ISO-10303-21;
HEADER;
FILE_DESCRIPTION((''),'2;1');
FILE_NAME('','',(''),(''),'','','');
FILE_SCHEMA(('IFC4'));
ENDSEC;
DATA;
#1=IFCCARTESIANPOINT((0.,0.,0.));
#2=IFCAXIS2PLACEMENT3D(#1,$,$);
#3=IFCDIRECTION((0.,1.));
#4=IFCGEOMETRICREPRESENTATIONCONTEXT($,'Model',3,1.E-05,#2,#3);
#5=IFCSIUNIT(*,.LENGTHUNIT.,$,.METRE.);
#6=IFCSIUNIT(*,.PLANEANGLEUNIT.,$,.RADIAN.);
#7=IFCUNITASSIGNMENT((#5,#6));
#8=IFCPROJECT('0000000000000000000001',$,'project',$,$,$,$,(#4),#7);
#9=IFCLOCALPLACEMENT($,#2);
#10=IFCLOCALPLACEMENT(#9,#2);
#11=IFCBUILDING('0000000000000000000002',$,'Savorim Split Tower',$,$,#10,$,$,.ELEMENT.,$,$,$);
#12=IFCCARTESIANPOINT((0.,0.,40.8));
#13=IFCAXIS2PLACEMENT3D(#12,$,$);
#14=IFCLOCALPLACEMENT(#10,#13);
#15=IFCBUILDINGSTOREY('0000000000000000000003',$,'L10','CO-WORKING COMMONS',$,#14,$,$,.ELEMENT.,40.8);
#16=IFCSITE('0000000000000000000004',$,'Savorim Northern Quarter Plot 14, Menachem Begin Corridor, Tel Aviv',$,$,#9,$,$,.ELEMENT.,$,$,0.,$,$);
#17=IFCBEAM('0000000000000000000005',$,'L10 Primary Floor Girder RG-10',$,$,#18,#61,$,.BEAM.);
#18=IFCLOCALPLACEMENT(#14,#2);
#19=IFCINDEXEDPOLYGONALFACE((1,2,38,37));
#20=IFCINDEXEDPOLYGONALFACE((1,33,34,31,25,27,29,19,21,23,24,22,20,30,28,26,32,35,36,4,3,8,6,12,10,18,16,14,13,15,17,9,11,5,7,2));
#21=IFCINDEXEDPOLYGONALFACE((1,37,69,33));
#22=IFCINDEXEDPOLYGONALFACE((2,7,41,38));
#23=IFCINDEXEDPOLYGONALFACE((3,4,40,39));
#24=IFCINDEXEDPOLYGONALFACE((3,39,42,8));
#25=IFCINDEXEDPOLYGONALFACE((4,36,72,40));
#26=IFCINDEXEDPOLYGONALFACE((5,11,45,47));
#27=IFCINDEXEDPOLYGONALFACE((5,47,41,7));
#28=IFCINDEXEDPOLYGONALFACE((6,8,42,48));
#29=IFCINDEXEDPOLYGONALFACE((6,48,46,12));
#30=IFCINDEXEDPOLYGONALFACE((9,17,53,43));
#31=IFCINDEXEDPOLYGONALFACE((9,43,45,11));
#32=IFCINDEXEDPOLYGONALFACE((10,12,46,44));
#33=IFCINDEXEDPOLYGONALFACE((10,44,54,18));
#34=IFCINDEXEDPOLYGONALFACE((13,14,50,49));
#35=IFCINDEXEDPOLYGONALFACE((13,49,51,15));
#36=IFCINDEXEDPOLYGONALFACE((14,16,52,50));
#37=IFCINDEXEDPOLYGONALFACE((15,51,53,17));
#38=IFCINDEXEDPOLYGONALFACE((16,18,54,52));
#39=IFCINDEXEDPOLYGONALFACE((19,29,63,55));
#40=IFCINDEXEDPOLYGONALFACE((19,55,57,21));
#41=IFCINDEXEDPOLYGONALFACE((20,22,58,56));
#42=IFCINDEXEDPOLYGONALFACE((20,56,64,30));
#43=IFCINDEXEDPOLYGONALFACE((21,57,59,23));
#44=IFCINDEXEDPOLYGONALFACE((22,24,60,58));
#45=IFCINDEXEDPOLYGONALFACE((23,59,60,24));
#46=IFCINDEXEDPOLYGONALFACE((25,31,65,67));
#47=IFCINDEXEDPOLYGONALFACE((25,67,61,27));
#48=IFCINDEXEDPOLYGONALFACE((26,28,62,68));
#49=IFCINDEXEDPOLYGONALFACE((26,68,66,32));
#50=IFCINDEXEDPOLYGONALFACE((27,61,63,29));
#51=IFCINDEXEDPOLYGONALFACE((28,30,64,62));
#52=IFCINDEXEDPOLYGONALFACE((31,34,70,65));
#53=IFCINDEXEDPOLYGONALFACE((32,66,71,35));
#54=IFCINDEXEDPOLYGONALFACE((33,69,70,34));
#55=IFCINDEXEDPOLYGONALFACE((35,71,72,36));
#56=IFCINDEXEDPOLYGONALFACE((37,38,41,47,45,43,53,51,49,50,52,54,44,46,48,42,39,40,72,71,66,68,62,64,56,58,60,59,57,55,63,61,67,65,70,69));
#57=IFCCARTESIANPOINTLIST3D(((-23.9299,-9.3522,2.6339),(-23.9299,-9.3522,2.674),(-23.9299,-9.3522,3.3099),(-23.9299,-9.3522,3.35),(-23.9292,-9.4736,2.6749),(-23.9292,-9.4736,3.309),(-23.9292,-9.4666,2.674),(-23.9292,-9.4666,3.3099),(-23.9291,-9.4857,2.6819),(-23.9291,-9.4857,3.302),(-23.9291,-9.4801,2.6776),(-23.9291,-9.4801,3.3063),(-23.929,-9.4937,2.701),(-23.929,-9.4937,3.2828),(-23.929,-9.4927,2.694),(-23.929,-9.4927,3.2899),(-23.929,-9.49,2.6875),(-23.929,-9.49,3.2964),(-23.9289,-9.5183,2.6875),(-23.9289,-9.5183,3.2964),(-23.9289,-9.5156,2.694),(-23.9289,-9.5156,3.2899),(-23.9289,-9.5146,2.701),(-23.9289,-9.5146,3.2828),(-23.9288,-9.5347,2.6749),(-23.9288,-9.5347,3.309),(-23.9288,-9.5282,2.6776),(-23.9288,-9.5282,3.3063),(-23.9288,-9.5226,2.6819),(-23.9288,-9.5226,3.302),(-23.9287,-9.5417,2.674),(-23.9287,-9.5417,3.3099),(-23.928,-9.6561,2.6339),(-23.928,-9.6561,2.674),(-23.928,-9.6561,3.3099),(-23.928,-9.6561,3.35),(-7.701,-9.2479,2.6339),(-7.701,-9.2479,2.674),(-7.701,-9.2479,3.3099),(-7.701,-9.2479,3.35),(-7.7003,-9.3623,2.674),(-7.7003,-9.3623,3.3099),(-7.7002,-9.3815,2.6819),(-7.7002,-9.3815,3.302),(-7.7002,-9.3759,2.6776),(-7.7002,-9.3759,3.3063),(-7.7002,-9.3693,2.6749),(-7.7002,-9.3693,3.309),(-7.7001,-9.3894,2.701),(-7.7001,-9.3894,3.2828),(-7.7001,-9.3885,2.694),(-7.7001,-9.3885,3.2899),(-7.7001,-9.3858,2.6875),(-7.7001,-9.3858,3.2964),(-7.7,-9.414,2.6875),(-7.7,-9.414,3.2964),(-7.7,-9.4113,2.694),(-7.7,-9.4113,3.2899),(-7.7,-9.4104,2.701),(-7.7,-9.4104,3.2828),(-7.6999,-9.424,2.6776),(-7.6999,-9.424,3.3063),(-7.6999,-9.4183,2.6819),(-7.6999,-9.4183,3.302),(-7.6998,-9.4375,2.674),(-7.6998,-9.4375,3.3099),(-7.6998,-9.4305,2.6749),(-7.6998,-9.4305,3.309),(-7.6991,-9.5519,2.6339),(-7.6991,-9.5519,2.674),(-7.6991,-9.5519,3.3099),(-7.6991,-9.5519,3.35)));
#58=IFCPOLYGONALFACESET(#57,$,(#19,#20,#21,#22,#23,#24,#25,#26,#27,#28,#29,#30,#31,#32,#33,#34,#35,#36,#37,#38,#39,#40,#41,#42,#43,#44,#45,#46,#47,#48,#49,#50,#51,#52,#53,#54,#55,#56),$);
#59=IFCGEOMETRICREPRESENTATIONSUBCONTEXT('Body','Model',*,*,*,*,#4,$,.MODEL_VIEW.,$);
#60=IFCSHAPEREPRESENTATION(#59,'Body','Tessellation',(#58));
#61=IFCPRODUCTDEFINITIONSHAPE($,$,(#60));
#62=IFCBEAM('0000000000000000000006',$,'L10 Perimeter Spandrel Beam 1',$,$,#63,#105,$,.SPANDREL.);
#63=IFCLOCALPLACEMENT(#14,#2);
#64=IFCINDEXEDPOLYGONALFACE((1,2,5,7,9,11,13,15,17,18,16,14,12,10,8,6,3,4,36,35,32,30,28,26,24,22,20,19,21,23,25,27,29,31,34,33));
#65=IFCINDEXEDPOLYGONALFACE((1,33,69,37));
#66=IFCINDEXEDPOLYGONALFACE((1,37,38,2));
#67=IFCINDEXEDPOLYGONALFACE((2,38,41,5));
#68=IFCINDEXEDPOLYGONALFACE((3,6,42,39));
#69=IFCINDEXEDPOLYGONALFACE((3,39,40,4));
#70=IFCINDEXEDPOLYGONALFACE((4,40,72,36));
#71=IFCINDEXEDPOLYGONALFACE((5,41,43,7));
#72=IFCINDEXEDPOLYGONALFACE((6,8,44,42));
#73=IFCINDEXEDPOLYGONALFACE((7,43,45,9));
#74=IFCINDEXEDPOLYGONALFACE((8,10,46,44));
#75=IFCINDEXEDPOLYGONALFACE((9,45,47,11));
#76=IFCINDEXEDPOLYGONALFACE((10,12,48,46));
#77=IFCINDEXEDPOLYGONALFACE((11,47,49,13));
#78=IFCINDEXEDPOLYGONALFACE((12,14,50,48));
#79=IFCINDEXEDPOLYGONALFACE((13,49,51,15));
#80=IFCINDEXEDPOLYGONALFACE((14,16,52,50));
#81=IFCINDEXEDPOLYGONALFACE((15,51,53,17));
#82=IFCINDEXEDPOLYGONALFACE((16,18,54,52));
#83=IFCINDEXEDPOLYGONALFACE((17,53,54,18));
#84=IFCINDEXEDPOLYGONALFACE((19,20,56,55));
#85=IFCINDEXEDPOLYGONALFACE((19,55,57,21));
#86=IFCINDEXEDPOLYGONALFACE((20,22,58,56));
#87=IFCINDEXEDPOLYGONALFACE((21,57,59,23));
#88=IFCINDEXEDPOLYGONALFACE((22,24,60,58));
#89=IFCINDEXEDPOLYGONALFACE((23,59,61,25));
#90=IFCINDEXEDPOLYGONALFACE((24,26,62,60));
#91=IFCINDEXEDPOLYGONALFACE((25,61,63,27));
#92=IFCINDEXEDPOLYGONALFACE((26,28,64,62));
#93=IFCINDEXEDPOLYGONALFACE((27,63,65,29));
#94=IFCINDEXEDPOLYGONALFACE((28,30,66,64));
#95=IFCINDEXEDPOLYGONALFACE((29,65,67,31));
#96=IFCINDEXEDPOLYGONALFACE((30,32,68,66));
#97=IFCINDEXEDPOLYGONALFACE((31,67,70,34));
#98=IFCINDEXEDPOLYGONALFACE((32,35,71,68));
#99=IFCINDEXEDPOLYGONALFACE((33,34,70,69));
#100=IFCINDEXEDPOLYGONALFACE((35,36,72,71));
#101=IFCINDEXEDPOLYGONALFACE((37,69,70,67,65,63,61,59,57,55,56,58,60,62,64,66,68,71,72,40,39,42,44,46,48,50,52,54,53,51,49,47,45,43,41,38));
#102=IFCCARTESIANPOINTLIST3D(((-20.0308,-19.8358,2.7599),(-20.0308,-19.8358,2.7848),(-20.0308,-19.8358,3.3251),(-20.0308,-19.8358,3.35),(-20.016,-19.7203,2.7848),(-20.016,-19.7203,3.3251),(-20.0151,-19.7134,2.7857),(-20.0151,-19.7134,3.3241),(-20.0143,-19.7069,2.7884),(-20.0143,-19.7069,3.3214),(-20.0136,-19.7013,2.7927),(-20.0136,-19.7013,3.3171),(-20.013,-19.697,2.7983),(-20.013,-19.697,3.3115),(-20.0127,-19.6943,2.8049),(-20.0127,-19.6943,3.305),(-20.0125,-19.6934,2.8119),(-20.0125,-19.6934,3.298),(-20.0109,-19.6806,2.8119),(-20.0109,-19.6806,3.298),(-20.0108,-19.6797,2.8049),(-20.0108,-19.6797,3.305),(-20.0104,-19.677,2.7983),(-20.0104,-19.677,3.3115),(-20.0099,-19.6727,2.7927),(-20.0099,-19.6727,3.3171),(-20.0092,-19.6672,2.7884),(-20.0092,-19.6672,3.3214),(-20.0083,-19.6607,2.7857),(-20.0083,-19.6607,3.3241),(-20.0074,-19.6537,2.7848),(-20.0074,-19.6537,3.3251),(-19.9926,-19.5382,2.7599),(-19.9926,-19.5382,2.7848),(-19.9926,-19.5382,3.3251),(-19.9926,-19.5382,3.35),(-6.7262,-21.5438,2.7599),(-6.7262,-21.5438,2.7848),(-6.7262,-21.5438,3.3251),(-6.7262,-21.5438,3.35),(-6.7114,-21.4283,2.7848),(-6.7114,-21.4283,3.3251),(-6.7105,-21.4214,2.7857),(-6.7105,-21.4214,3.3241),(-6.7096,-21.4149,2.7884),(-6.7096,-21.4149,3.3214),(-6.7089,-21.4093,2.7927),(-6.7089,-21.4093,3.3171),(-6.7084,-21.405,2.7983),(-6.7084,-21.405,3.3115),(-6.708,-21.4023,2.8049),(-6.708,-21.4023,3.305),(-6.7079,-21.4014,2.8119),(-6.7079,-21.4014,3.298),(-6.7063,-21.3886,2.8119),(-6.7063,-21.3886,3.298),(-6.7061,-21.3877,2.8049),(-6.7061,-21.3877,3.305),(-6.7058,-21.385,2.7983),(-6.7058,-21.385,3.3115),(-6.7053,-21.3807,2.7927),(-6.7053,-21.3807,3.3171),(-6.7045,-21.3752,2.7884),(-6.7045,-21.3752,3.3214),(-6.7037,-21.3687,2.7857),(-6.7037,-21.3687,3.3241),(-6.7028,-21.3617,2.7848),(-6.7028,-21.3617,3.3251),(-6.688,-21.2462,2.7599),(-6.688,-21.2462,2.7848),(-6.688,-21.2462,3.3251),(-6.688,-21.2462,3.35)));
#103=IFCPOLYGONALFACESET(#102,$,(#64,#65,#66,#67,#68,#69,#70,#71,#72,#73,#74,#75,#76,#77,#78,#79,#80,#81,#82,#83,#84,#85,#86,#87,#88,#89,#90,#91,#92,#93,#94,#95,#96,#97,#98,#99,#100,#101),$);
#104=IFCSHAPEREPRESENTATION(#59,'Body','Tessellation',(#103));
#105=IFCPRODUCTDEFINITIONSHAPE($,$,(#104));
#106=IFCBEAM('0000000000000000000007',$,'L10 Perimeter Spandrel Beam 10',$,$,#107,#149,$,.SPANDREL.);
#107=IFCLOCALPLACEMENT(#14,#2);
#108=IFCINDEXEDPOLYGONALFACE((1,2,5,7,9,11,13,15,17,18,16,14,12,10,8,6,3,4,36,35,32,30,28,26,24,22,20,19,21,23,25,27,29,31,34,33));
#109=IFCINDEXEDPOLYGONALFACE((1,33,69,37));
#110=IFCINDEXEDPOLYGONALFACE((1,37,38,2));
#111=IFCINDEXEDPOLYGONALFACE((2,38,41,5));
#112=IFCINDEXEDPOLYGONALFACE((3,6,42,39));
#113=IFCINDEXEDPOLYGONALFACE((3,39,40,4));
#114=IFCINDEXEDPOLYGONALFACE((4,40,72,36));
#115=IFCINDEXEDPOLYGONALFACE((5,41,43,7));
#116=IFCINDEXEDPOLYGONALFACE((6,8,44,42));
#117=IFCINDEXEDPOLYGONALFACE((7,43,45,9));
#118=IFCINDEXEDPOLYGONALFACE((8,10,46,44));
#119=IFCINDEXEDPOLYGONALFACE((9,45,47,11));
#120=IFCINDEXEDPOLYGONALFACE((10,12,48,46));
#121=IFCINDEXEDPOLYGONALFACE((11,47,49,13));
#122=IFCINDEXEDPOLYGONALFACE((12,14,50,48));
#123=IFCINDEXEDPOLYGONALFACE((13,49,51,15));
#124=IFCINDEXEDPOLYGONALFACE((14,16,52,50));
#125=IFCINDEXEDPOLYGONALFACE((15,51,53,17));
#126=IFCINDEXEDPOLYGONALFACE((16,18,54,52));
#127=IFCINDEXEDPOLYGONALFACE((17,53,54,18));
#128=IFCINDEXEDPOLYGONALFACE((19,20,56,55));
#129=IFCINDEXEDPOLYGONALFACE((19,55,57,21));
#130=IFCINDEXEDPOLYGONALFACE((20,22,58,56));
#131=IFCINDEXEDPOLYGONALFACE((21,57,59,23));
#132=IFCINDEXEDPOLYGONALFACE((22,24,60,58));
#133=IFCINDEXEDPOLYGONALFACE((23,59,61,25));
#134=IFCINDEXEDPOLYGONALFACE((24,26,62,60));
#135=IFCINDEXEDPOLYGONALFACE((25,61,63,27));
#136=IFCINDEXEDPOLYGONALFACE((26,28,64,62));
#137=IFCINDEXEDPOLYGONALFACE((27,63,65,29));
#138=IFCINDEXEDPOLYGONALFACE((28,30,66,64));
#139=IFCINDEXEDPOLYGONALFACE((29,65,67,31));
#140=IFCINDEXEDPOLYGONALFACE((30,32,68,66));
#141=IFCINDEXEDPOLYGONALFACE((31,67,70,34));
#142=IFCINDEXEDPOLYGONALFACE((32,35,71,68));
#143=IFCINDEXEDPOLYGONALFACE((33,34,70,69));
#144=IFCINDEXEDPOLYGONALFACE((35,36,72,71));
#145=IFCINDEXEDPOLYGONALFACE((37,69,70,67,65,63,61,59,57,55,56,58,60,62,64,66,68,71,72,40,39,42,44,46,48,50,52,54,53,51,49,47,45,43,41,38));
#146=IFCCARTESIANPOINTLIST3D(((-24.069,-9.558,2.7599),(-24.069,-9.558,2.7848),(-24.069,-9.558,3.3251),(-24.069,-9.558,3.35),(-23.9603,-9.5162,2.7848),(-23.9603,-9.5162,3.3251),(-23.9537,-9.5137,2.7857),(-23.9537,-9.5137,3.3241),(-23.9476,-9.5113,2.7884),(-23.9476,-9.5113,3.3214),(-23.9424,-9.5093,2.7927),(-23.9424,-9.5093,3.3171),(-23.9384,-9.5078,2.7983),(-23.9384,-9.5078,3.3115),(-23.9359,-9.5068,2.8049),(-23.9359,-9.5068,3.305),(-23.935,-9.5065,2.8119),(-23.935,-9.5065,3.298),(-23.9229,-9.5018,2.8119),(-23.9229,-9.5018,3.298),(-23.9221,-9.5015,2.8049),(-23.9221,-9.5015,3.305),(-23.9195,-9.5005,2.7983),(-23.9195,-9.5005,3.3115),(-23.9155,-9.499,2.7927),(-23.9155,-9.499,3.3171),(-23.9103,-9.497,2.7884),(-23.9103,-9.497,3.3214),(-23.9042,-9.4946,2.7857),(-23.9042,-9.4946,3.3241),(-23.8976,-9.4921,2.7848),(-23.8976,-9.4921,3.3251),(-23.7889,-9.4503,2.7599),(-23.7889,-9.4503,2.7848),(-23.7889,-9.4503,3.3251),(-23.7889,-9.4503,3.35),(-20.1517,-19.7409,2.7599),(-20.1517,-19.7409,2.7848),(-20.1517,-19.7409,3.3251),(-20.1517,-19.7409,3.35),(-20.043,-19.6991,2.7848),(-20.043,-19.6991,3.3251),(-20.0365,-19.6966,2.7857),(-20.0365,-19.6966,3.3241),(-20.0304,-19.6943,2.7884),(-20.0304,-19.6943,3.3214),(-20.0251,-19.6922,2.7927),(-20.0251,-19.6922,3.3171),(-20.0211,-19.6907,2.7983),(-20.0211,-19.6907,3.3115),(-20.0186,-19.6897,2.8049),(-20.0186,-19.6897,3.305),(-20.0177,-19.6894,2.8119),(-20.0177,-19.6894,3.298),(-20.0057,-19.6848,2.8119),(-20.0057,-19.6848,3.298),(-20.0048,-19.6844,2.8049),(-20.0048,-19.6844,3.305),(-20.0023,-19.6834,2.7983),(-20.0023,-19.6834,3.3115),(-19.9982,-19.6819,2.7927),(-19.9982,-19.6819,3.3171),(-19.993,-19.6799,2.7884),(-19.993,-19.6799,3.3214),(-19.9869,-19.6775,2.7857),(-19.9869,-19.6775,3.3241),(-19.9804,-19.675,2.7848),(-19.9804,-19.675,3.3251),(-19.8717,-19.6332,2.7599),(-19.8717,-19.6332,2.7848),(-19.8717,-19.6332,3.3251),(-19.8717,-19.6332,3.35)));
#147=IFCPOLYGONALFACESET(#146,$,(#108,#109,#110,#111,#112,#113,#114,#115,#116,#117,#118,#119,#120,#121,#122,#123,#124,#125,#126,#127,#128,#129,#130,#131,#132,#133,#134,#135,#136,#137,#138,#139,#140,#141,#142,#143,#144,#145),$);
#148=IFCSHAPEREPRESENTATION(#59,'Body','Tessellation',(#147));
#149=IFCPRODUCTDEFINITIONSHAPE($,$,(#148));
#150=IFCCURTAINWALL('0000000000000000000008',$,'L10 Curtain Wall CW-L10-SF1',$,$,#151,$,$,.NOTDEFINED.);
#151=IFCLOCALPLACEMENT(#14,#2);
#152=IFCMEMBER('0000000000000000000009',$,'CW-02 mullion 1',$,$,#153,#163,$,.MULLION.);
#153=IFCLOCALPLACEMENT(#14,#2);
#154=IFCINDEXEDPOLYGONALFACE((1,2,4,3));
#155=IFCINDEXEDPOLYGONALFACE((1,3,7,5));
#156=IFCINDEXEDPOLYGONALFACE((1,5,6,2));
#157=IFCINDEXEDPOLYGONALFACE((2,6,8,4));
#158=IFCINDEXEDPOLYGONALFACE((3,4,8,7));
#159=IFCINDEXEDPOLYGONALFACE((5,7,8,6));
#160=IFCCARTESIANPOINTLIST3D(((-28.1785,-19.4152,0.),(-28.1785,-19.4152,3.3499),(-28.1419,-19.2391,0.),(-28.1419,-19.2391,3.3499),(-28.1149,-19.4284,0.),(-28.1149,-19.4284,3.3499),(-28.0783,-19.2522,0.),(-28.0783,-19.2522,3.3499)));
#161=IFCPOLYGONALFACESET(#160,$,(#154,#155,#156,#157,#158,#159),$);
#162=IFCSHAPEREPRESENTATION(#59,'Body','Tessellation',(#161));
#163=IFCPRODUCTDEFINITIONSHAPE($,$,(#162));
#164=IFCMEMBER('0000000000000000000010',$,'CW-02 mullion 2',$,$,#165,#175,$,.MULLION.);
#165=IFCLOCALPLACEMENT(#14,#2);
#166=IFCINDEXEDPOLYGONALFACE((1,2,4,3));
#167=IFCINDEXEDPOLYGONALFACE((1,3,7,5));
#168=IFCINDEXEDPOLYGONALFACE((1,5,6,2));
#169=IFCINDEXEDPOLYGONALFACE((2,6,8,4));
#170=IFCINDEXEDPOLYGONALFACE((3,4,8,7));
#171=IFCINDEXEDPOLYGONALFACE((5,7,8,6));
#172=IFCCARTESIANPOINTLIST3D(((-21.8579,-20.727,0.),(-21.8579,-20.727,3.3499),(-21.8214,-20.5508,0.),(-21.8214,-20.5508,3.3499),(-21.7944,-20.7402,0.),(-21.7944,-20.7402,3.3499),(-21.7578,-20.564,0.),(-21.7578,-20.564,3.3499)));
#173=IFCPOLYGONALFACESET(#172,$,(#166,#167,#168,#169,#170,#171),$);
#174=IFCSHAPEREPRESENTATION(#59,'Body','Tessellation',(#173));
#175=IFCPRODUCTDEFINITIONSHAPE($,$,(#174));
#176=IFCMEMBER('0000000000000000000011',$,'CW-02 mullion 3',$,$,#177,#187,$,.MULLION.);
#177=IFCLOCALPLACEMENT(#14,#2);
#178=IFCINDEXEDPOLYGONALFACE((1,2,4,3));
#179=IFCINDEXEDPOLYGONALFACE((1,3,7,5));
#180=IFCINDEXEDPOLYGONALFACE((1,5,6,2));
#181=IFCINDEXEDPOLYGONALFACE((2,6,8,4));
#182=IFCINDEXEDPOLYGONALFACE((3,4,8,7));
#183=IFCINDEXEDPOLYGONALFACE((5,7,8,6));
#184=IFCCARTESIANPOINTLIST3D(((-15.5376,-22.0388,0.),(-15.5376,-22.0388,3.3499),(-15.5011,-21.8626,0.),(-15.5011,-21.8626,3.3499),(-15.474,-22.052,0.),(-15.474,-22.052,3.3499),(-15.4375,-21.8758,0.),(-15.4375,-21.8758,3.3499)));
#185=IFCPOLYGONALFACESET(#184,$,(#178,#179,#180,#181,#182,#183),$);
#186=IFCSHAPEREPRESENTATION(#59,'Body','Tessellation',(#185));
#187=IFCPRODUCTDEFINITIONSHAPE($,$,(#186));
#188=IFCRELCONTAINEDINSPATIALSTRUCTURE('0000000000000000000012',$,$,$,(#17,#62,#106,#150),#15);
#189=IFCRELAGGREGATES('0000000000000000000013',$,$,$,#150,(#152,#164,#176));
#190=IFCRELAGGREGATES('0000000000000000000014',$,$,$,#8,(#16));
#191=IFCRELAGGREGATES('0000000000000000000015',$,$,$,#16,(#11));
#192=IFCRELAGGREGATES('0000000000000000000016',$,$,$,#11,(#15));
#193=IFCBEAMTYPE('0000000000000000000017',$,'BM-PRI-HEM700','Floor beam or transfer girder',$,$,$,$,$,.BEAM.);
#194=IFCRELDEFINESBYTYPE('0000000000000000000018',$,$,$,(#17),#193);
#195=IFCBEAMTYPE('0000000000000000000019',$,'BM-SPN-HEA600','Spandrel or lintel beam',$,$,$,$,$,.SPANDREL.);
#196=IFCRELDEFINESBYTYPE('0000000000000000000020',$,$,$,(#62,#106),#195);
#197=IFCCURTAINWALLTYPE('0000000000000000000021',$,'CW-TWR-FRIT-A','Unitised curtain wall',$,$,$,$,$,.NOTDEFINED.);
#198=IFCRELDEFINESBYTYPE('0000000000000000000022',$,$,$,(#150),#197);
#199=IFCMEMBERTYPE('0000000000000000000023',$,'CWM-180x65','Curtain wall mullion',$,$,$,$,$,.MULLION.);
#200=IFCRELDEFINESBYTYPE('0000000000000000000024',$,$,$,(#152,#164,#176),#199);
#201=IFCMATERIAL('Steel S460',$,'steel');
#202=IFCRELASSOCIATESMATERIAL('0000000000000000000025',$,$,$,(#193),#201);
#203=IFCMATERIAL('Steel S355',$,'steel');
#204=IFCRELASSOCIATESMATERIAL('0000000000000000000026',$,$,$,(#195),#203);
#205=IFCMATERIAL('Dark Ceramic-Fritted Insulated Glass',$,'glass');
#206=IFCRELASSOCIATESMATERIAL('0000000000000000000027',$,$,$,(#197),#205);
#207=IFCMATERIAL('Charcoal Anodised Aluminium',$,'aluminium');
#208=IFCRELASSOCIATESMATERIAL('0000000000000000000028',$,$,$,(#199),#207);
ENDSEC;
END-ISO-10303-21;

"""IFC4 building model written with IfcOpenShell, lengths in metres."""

from ifc_helpers import new_model, si_unit, direction, frame, origin, origin_2d, place, context, subcontext, project, spatial, rectangle, i_section, extrude, material, material_profile, profile_set, type_object, element, aggregate, save


model = new_model("IFC4")

# Units and contexts
model_context = context("Model", 3, precision=1e-05, world=origin(), true_north=direction((0.0, 1.0)))
body_context = subcontext(model_context, "Body", "Model", "MODEL_VIEW")
ifc_project = project(units=[si_unit("LENGTHUNIT", "METRE"), si_unit("PLANEANGLEUNIT", "RADIAN")], contexts=[model_context])

# Site, building, storey
site_placement = place(None, origin())
site = spatial("IfcSite", under=ifc_project, at=site_placement, Name="Savorim Northern Quarter Plot 14, Menachem Begin Corridor, Tel Aviv", CompositionType="ELEMENT", RefElevation=0.0)
building_placement = place(site_placement, origin())
building = spatial("IfcBuilding", under=site, at=building_placement, Name="Savorim Split Tower", CompositionType="ELEMENT")
storey_placement = place(building_placement, frame((0.0, 0.0, 40.8)))
storey = spatial("IfcBuildingStorey", under=building, at=storey_placement, Name="L10", Description="CO-WORKING COMMONS", CompositionType="ELEMENT", Elevation=40.8)

# Shared definitions
ifc_material_1 = material(Name="Steel S460", Category="steel")

# Beams
ifc_material_2 = material(Name="Steel S355", Category="steel")
ifc_material_profile_1 = material_profile(ifc_material_1, i_section(OverallWidth=0.304, OverallDepth=0.7161, WebThickness=0.021, FlangeThickness=0.04, FilletRadius=0.0271, at=origin_2d()), Name="HE 700 M")
ifc_profile_set_1 = profile_set([ifc_material_profile_1], Name="Steel S460")
beam_type_1 = type_object("IfcBeamType", Name="BM-PRI-HEM700", Description="Floor beam or transfer girder", PredefinedType="BEAM", material=ifc_profile_set_1)
beam_1_placement = place(storey_placement, frame((-23.929, -9.5042, 2.9919), z_axis=(0.999979, 0.006423, 0.0), x_axis=(-0.006423, 0.999979, 0.0)))
element("IfcBeam", 1, at=beam_1_placement, inside=storey, type_object=beam_type_1, Name="L10 Primary Floor Girder RG-10", PredefinedType="BEAM", context=body_context, shape_type="SweptSolid", body=[
    extrude(i_section(OverallWidth=0.304, OverallDepth=0.7161, WebThickness=0.021, FlangeThickness=0.04, FilletRadius=0.0271, at=origin_2d()), origin(), (0.0, 0.0, 1.0), 16.2292),
])
ifc_material_profile_2 = material_profile(ifc_material_2, i_section(OverallWidth=0.3, OverallDepth=0.5901, WebThickness=0.0129, FlangeThickness=0.0249, FilletRadius=0.0271, at=origin_2d()), Name="HEA 600")
ifc_profile_set_2 = profile_set([ifc_material_profile_2], Name="Steel S355")
beam_type_2 = type_object("IfcBeamType", Name="BM-SPN-HEA600", Description="Spandrel or lintel beam", PredefinedType="SPANDREL", material=ifc_profile_set_2)
beam_2_placement = place(storey_placement, frame((-20.0117, -19.687, 3.0549), z_axis=(0.99186, -0.127331, 0.0), x_axis=(0.127331, 0.99186, 0.0)))
element("IfcBeam", 2, at=beam_2_placement, inside=storey, type_object=beam_type_2, Name="L10 Perimeter Spandrel Beam 1", PredefinedType="SPANDREL", context=body_context, shape_type="SweptSolid", body=[
    extrude(i_section(OverallWidth=0.3, OverallDepth=0.5901, WebThickness=0.0129, FlangeThickness=0.0249, FilletRadius=0.0271, at=origin_2d()), origin(), (0.0, 0.0, 1.0), 13.4138),
])
beam_3_placement = place(storey_placement, frame((-23.929, -9.5042, 3.0549), z_axis=(0.359039, -0.933323, 0.0), x_axis=(0.933323, 0.359039, 0.0)))
element("IfcBeam", 3, at=beam_3_placement, inside=storey, type_object=beam_type_2, Name="L10 Perimeter Spandrel Beam 10", PredefinedType="SPANDREL", context=body_context, shape_type="SweptSolid", body=[
    extrude(i_section(OverallWidth=0.3, OverallDepth=0.5901, WebThickness=0.0129, FlangeThickness=0.0249, FilletRadius=0.0271, at=origin_2d()), origin(), (0.0, 0.0, 1.0), 10.9104),
])

# Curtain wall, members
ifc_material_3 = material(Name="Dark Ceramic-Fritted Insulated Glass", Category="glass")
curtain_wall_type = type_object("IfcCurtainWallType", Name="CW-TWR-FRIT-A", Description="Unitised curtain wall", PredefinedType="NOTDEFINED", material=ifc_material_3)
curtain_wall_1_placement = place(storey_placement, origin())
curtain_wall_1 = element("IfcCurtainWall", 4, at=curtain_wall_1_placement, inside=storey, type_object=curtain_wall_type, Name="L10 Curtain Wall CW-L10-SF1", PredefinedType="NOTDEFINED")
ifc_material_4 = material(Name="Charcoal Anodised Aluminium", Category="aluminium")
ifc_material_profile_3 = material_profile(ifc_material_4, rectangle(XDim=0.1799, YDim=0.0649, at=origin_2d()), Name="ALU-M 180x65")
ifc_profile_set_3 = profile_set([ifc_material_profile_3], Name="Charcoal Anodised Aluminium")
member_type_1 = type_object("IfcMemberType", Name="CWM-180x65", Description="Curtain wall mullion", PredefinedType="MULLION", material=ifc_profile_set_3)
member_1_placement = place(storey_placement, frame((-28.1284, -19.3337, 0.0), z_axis=(0.0, 0.0, 1.0), x_axis=(0.20321, 0.979135, 0.0)))
member_1 = element("IfcMember", 5, at=member_1_placement, type_object=member_type_1, Name="CW-02 mullion 1", PredefinedType="MULLION", context=body_context, shape_type="SweptSolid", body=[
    extrude(rectangle(XDim=0.1799, YDim=0.0649, at=origin_2d()), origin(), (0.0, 0.0, 1.0), 3.3499),
])
member_2_placement = place(storey_placement, frame((-21.8079, -20.6455, 0.0), z_axis=(0.0, 0.0, 1.0), x_axis=(0.20321, 0.979135, 0.0)))
member_2 = element("IfcMember", 6, at=member_2_placement, type_object=member_type_1, Name="CW-02 mullion 2", PredefinedType="MULLION", context=body_context, shape_type="SweptSolid", body=[
    extrude(rectangle(XDim=0.1799, YDim=0.0649, at=origin_2d()), origin(), (0.0, 0.0, 1.0), 3.3499),
])
member_3_placement = place(storey_placement, frame((-15.4875, -21.9573, 0.0), z_axis=(0.0, 0.0, 1.0), x_axis=(0.20321, 0.979135, 0.0)))
member_3 = element("IfcMember", 7, at=member_3_placement, type_object=member_type_1, Name="CW-02 mullion 3", PredefinedType="MULLION", context=body_context, shape_type="SweptSolid", body=[
    extrude(rectangle(XDim=0.1799, YDim=0.0649, at=origin_2d()), origin(), (0.0, 0.0, 1.0), 3.3499),
])

aggregate(curtain_wall_1, [member_1, member_2, member_3])

save(model, "model.ifc")
